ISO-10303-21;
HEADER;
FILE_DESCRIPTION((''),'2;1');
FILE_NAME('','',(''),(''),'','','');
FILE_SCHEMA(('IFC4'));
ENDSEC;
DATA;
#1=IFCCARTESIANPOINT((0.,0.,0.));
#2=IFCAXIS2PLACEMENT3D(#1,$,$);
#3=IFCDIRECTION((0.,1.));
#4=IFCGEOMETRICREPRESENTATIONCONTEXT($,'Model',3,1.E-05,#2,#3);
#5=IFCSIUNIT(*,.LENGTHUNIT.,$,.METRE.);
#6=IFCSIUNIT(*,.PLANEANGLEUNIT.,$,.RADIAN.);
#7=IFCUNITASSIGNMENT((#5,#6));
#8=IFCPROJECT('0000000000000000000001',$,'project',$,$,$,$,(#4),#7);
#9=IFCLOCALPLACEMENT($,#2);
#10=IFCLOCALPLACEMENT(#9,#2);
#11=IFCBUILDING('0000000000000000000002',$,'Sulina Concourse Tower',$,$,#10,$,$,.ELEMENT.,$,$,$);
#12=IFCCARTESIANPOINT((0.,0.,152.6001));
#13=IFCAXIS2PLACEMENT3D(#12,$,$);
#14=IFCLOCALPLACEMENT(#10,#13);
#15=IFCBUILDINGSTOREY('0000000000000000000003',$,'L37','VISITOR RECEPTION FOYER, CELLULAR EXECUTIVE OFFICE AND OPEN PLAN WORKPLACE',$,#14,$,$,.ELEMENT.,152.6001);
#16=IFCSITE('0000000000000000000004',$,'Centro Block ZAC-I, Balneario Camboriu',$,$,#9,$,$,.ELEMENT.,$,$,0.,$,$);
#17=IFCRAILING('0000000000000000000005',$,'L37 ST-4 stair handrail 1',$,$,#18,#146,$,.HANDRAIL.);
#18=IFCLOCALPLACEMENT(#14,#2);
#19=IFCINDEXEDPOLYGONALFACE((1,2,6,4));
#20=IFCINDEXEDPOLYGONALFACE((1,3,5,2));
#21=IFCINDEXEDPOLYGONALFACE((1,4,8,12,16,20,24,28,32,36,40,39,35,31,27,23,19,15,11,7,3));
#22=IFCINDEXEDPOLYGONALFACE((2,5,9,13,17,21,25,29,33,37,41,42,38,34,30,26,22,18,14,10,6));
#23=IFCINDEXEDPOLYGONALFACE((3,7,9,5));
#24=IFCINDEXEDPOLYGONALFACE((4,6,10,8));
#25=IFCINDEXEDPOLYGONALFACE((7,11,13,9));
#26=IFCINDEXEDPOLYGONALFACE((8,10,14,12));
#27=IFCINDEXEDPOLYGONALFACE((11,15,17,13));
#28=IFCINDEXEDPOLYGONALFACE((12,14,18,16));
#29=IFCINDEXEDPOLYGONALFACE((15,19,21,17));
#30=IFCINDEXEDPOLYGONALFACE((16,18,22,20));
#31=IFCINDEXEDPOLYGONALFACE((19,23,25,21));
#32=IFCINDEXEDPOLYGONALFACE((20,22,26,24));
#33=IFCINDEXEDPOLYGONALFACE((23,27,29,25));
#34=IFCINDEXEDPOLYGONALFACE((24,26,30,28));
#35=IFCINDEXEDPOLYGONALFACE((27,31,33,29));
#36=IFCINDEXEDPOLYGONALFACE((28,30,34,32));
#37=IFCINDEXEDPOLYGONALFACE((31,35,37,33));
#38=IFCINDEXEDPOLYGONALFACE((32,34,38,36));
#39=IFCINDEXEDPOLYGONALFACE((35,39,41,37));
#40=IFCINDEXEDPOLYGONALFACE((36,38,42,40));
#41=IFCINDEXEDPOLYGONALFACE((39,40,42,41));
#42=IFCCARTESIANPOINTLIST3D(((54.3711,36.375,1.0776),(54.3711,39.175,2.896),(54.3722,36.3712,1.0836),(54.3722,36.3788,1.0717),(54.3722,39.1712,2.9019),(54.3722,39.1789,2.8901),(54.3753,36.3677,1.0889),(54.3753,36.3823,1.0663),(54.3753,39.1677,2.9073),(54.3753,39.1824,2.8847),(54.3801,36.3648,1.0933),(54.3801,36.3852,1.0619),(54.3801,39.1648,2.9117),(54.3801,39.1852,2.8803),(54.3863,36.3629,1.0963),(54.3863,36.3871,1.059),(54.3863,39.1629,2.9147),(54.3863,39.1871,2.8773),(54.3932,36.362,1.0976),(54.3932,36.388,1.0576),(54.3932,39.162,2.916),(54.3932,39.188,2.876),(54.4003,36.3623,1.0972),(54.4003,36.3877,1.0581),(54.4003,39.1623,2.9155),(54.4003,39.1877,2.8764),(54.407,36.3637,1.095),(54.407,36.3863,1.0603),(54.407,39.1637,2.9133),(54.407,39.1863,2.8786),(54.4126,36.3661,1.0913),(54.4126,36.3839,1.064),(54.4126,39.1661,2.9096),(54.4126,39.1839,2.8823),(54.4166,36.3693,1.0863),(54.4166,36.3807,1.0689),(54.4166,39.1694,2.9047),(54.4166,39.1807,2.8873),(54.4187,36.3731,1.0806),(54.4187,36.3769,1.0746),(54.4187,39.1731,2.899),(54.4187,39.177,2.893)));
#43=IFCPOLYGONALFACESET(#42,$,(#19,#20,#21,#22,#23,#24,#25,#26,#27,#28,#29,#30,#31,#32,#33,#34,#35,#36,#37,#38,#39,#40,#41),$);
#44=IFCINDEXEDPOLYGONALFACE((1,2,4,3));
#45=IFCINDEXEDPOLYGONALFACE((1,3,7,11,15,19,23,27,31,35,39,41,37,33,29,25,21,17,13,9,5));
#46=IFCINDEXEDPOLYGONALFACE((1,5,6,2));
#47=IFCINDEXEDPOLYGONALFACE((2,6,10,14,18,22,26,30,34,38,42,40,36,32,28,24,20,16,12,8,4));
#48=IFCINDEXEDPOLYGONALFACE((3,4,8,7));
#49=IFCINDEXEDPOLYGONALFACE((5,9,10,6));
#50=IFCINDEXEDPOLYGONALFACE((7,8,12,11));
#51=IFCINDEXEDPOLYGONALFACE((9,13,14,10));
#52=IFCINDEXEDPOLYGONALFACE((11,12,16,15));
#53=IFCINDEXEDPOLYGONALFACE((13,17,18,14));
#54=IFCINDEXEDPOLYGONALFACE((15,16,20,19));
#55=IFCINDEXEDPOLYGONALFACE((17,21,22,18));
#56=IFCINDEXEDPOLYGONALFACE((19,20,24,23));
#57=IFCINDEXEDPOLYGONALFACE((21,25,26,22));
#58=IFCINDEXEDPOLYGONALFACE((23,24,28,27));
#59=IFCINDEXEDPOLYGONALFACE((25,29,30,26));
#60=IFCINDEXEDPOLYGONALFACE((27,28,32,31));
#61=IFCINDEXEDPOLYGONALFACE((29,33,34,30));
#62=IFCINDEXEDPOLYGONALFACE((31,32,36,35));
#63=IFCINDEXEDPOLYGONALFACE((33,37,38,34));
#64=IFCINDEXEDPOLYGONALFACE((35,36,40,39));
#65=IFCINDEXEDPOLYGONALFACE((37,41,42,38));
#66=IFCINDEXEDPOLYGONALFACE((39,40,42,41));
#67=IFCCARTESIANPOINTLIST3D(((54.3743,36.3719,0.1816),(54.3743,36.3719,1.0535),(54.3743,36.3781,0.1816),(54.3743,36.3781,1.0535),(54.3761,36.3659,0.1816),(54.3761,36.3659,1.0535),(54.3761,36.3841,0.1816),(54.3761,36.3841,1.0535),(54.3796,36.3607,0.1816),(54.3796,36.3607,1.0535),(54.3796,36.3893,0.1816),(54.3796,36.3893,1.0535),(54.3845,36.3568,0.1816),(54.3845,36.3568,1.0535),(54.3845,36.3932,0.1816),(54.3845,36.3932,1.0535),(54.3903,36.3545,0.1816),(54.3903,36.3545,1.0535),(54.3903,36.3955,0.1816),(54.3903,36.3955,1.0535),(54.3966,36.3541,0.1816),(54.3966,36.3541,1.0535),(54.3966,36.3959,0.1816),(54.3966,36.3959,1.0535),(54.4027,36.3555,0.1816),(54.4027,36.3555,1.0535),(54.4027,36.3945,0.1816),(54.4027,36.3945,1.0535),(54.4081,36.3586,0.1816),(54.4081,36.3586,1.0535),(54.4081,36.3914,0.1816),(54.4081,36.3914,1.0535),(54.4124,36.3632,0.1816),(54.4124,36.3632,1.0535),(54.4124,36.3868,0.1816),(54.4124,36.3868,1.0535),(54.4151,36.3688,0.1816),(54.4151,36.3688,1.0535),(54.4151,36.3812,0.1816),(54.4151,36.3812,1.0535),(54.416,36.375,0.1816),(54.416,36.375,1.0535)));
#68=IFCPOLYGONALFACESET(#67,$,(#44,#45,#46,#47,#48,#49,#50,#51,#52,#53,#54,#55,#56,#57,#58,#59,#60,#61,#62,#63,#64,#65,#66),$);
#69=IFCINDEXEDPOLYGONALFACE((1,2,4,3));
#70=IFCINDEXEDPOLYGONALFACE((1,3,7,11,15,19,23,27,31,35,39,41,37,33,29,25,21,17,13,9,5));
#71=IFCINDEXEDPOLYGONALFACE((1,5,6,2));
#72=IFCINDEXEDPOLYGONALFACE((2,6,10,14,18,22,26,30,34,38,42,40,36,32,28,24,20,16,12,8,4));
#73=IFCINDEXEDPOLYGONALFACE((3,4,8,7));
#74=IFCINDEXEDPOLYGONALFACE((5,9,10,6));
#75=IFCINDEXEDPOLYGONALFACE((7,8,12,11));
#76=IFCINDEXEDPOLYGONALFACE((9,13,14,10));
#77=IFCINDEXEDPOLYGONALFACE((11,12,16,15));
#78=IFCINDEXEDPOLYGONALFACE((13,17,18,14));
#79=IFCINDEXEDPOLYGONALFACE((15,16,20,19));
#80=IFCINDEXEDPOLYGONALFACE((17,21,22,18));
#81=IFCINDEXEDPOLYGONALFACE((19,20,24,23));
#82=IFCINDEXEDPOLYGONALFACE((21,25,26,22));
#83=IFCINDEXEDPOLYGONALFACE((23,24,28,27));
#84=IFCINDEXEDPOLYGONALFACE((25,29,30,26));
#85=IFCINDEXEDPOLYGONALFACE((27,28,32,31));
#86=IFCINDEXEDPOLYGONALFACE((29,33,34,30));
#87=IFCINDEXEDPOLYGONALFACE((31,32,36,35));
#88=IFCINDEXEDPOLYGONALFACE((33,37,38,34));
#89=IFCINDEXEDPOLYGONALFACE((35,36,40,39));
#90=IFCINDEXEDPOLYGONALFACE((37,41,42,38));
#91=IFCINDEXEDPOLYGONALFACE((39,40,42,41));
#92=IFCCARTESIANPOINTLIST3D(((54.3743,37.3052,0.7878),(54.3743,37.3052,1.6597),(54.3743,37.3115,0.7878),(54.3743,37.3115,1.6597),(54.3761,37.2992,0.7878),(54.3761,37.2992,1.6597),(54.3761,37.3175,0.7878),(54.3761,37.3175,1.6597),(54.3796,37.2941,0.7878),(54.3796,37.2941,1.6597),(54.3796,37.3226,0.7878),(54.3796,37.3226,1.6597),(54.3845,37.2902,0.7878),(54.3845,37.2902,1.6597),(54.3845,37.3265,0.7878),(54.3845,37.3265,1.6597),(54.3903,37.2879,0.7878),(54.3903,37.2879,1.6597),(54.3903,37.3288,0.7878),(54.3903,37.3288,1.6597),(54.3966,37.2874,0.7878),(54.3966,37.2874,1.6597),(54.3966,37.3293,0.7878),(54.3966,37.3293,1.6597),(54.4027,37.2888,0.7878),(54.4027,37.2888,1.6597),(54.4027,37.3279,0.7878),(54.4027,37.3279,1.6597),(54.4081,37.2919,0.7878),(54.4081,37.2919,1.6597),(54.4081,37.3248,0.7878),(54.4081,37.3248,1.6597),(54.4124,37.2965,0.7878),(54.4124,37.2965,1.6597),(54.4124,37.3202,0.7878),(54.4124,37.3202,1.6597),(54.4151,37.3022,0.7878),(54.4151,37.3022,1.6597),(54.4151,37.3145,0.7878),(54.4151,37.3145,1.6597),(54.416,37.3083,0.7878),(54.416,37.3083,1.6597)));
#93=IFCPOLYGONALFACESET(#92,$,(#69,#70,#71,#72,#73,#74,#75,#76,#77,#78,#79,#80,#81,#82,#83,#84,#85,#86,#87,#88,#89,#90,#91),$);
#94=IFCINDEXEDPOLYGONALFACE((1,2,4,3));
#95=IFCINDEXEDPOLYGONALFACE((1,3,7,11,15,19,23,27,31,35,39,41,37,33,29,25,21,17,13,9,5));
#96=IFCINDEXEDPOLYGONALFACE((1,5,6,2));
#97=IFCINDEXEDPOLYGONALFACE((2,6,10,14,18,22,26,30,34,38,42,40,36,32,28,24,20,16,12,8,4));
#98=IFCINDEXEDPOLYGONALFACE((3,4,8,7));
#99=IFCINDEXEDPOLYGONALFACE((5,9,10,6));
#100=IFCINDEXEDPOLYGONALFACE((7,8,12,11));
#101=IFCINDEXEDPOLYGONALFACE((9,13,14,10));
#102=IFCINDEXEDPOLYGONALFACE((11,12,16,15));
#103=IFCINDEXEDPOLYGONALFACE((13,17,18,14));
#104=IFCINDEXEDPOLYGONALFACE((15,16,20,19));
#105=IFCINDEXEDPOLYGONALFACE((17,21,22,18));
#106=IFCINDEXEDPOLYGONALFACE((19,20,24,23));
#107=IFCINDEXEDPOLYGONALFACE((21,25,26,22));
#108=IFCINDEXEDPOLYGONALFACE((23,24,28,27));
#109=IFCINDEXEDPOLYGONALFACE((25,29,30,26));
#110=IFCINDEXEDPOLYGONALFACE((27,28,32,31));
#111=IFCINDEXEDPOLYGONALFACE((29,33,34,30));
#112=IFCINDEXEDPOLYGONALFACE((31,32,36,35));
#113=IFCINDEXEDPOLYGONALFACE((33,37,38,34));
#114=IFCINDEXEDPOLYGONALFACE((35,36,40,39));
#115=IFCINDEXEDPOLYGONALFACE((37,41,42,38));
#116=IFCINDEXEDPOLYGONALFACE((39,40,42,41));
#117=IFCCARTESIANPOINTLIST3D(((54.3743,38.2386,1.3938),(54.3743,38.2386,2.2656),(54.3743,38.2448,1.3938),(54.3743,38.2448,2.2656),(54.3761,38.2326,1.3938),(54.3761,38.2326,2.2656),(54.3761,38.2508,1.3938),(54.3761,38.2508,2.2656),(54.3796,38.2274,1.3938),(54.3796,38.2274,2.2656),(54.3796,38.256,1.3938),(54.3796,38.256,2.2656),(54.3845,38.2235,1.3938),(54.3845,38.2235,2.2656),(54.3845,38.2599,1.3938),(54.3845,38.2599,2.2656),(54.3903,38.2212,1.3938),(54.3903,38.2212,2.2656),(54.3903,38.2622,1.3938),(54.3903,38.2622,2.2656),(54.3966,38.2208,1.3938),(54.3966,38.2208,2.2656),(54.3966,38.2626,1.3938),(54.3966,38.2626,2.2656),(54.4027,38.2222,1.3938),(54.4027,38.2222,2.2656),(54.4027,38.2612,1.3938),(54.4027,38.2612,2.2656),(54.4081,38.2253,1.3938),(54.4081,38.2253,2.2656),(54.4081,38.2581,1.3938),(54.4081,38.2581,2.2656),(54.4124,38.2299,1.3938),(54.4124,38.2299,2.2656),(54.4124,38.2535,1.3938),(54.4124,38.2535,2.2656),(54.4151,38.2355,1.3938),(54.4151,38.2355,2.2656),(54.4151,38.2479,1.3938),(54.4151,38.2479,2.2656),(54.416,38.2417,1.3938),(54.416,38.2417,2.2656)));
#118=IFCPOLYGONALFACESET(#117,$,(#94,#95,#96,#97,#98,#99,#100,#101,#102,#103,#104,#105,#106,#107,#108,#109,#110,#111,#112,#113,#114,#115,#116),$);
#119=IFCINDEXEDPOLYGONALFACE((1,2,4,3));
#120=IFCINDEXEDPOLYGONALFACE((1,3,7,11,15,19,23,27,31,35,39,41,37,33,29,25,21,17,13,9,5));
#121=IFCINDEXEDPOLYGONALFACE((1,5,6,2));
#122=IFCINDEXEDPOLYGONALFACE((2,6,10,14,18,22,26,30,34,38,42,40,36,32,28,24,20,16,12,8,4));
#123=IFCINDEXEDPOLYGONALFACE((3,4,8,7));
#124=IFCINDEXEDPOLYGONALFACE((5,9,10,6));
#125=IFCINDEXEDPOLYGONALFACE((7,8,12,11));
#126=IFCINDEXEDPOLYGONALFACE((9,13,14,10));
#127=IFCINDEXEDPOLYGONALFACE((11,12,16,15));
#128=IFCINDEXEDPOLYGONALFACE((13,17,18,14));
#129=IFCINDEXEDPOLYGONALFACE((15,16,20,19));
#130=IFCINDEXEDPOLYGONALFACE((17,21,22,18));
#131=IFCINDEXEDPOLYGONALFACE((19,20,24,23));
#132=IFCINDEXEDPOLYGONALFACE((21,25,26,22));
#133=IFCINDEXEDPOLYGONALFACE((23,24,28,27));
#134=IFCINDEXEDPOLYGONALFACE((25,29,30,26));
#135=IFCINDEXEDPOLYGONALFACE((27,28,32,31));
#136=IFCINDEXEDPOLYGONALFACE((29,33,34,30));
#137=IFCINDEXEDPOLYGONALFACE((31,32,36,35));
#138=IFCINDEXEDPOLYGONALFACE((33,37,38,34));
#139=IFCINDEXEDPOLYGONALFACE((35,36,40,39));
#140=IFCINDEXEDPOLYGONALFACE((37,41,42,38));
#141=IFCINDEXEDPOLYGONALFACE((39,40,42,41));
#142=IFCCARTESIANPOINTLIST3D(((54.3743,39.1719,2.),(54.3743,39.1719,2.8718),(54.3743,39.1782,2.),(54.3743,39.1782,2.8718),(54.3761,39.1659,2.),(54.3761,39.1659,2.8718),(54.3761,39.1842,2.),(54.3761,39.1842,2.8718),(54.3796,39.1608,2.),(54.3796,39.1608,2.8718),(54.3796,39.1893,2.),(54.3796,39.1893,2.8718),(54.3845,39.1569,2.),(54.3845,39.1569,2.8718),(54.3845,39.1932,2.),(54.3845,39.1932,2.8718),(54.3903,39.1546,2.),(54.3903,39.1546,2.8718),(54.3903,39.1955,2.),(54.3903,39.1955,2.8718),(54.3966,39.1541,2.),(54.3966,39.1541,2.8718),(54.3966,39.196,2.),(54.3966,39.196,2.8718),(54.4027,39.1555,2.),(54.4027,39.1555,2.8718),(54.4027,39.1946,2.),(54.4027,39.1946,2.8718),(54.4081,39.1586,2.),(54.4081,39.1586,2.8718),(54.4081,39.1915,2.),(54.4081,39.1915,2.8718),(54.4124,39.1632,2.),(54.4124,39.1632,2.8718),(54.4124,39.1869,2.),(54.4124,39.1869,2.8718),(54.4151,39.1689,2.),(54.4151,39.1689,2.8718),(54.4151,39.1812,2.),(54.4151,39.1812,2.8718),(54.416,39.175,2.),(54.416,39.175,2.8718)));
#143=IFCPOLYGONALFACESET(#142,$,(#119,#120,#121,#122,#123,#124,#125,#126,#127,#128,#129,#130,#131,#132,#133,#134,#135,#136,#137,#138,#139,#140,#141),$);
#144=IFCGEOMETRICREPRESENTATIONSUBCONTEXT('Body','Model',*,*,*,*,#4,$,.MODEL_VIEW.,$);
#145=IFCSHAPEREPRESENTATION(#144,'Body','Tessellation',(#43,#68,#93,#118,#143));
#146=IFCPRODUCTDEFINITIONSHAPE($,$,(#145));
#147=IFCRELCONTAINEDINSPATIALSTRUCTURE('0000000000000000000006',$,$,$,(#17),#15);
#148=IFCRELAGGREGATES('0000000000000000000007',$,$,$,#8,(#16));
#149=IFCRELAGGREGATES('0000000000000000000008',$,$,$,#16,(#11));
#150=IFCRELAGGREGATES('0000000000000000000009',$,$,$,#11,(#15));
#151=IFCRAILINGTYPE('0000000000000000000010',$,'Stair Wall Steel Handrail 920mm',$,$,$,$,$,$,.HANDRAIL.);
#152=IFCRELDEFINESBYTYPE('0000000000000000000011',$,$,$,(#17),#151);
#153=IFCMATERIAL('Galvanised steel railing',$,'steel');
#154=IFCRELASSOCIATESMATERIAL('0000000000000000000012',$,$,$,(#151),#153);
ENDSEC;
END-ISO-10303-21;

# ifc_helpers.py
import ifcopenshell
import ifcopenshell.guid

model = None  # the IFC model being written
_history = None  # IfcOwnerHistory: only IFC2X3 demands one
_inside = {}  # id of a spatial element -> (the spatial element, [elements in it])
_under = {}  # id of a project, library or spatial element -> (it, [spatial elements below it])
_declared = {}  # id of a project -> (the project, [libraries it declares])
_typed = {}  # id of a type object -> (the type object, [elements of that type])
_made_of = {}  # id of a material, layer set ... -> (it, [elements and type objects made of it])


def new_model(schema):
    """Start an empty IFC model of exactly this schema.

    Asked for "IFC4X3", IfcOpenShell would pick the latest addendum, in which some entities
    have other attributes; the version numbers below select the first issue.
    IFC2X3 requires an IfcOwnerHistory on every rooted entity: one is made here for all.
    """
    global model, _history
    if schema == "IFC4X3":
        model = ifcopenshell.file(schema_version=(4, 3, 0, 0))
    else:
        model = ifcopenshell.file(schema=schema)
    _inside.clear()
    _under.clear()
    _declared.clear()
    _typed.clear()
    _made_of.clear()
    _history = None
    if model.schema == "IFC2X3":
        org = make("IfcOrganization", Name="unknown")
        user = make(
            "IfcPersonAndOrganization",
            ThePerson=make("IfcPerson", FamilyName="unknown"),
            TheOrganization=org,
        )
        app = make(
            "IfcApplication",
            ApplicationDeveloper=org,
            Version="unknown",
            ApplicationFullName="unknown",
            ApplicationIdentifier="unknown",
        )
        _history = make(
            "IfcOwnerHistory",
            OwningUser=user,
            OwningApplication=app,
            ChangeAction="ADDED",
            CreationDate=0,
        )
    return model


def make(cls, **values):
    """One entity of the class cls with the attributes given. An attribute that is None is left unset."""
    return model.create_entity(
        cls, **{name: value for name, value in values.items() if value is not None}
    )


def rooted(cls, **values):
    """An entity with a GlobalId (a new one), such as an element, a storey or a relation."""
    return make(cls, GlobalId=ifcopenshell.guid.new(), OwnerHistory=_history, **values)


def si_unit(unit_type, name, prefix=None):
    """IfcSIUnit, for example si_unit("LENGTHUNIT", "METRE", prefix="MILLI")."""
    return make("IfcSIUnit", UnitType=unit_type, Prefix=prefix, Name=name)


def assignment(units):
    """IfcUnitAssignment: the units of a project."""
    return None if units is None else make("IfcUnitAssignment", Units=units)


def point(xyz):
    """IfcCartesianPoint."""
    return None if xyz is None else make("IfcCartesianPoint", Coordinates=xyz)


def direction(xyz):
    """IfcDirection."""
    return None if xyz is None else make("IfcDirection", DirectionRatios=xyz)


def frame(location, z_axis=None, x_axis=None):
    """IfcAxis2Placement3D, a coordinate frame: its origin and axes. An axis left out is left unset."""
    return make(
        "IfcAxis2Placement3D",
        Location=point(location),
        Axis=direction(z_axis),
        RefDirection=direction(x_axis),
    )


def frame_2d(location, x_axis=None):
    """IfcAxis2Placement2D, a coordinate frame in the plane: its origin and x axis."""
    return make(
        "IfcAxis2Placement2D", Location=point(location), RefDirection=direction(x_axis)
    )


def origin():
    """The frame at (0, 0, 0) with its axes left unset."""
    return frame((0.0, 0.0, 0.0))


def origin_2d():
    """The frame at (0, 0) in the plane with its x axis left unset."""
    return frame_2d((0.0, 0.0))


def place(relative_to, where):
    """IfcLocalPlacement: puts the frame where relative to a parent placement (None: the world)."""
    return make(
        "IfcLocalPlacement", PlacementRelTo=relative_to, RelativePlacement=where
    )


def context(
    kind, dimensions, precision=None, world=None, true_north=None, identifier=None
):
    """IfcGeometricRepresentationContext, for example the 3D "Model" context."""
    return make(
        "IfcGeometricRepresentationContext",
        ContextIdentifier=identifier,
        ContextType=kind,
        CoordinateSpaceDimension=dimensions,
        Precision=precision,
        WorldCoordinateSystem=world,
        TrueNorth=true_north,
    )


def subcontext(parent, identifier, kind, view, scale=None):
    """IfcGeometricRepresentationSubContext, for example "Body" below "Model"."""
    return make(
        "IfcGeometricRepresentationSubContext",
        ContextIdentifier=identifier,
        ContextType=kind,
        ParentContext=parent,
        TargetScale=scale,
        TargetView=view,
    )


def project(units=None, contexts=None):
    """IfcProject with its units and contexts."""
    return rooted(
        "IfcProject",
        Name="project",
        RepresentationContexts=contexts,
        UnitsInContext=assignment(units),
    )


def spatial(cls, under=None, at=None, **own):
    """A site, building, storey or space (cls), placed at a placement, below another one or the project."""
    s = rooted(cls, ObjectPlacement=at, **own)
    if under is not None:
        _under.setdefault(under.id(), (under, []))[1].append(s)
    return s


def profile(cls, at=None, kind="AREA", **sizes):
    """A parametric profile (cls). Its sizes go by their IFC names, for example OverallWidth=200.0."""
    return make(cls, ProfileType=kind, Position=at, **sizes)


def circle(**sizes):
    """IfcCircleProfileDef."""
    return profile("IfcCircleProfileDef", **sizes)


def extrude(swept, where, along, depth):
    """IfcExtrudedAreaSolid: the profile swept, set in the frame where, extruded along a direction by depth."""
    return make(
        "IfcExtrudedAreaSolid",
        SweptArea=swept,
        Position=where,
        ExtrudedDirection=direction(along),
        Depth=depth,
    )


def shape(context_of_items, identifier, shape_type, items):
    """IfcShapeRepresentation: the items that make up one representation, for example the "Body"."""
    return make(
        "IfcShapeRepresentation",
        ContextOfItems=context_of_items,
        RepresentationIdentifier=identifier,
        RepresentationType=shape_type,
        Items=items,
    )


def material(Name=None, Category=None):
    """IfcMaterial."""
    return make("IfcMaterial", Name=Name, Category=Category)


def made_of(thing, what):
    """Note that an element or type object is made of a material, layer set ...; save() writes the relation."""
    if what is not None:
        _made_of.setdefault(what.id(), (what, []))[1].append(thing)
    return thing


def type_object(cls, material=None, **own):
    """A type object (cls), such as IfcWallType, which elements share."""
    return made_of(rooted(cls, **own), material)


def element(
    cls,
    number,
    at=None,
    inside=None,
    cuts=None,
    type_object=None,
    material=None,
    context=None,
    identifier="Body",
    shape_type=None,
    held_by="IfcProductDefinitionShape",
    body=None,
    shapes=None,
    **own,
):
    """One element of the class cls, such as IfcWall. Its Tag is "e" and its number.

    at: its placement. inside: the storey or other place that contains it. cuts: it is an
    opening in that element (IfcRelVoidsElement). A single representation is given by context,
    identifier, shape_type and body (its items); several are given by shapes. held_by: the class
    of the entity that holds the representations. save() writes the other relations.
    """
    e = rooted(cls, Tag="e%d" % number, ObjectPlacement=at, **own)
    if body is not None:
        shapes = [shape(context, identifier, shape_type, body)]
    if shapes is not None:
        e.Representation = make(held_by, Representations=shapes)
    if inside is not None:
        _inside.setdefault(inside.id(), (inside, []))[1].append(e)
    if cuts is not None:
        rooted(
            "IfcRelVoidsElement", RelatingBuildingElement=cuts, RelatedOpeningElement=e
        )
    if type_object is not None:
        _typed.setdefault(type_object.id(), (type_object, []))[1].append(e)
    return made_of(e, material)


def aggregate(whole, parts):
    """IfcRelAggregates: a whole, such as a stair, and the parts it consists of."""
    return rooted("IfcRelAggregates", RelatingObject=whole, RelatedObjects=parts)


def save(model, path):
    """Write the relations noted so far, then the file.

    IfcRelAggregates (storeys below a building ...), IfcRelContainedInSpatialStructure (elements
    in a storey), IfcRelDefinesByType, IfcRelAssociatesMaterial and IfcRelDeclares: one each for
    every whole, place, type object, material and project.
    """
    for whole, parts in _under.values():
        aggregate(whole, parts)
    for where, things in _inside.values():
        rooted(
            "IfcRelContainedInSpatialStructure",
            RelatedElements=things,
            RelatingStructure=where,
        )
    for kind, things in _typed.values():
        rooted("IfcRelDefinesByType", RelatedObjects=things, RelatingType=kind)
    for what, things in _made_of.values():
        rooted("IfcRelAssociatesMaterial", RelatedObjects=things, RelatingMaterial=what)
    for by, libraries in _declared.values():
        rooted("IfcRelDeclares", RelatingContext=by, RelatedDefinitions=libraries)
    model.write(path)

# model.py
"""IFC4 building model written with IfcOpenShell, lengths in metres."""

from ifc_helpers import new_model, si_unit, direction, frame, origin, origin_2d, place, context, subcontext, project, spatial, circle, extrude, material, type_object, element, save


model = new_model("IFC4")

# Units and contexts
model_context = context("Model", 3, precision=1e-05, world=origin(), true_north=direction((0.0, 1.0)))
body_context = subcontext(model_context, "Body", "Model", "MODEL_VIEW")
ifc_project = project(units=[si_unit("LENGTHUNIT", "METRE"), si_unit("PLANEANGLEUNIT", "RADIAN")], contexts=[model_context])

# Site, building, storey
site_placement = place(None, origin())
site = spatial("IfcSite", under=ifc_project, at=site_placement, Name="Centro Block ZAC-I, Balneario Camboriu", CompositionType="ELEMENT", RefElevation=0.0)
building_placement = place(site_placement, origin())
building = spatial("IfcBuilding", under=site, at=building_placement, Name="Sulina Concourse Tower", CompositionType="ELEMENT")
storey_placement = place(building_placement, frame((0.0, 0.0, 152.6001)))
storey = spatial("IfcBuildingStorey", under=building, at=storey_placement, Name="L37", Description="VISITOR RECEPTION FOYER, CELLULAR EXECUTIVE OFFICE AND OPEN PLAN WORKPLACE", CompositionType="ELEMENT", Elevation=152.6001)

# Railing
ifc_material_1 = material(Name="Galvanised steel railing", Category="steel")
railing_type_1 = type_object("IfcRailingType", Name="Stair Wall Steel Handrail 920mm", PredefinedType="HANDRAIL", material=ifc_material_1)
railing_1_placement = place(storey_placement, frame((54.395, 36.375, 0.1816)))
element("IfcRailing", 1, at=railing_1_placement, inside=storey, type_object=railing_type_1, Name="L37 ST-4 stair handrail 1", PredefinedType="HANDRAIL", context=body_context, shape_type="SweptSolid", body=[
    extrude(circle(Radius=0.0239, at=origin_2d()), frame((0.0, 0.0, 0.896), z_axis=(0.0, 0.838672, 0.544636), x_axis=(-1.0, 0.0, 0.0)), (0.0, 0.0, 1.0), 3.3386),
    extrude(circle(Radius=0.021, at=origin_2d()), origin(), (0.0, 0.0, 1.0), 0.8718),
    extrude(circle(Radius=0.021, at=origin_2d()), frame((0.0, 0.9333, 0.6062)), (0.0, 0.0, 1.0), 0.8718),
    extrude(circle(Radius=0.021, at=origin_2d()), frame((0.0, 1.8667, 1.2122)), (0.0, 0.0, 1.0), 0.8718),
    extrude(circle(Radius=0.021, at=origin_2d()), frame((0.0, 2.8, 1.8184)), (0.0, 0.0, 1.0), 0.8718),
])

save(model, "model.ifc")
